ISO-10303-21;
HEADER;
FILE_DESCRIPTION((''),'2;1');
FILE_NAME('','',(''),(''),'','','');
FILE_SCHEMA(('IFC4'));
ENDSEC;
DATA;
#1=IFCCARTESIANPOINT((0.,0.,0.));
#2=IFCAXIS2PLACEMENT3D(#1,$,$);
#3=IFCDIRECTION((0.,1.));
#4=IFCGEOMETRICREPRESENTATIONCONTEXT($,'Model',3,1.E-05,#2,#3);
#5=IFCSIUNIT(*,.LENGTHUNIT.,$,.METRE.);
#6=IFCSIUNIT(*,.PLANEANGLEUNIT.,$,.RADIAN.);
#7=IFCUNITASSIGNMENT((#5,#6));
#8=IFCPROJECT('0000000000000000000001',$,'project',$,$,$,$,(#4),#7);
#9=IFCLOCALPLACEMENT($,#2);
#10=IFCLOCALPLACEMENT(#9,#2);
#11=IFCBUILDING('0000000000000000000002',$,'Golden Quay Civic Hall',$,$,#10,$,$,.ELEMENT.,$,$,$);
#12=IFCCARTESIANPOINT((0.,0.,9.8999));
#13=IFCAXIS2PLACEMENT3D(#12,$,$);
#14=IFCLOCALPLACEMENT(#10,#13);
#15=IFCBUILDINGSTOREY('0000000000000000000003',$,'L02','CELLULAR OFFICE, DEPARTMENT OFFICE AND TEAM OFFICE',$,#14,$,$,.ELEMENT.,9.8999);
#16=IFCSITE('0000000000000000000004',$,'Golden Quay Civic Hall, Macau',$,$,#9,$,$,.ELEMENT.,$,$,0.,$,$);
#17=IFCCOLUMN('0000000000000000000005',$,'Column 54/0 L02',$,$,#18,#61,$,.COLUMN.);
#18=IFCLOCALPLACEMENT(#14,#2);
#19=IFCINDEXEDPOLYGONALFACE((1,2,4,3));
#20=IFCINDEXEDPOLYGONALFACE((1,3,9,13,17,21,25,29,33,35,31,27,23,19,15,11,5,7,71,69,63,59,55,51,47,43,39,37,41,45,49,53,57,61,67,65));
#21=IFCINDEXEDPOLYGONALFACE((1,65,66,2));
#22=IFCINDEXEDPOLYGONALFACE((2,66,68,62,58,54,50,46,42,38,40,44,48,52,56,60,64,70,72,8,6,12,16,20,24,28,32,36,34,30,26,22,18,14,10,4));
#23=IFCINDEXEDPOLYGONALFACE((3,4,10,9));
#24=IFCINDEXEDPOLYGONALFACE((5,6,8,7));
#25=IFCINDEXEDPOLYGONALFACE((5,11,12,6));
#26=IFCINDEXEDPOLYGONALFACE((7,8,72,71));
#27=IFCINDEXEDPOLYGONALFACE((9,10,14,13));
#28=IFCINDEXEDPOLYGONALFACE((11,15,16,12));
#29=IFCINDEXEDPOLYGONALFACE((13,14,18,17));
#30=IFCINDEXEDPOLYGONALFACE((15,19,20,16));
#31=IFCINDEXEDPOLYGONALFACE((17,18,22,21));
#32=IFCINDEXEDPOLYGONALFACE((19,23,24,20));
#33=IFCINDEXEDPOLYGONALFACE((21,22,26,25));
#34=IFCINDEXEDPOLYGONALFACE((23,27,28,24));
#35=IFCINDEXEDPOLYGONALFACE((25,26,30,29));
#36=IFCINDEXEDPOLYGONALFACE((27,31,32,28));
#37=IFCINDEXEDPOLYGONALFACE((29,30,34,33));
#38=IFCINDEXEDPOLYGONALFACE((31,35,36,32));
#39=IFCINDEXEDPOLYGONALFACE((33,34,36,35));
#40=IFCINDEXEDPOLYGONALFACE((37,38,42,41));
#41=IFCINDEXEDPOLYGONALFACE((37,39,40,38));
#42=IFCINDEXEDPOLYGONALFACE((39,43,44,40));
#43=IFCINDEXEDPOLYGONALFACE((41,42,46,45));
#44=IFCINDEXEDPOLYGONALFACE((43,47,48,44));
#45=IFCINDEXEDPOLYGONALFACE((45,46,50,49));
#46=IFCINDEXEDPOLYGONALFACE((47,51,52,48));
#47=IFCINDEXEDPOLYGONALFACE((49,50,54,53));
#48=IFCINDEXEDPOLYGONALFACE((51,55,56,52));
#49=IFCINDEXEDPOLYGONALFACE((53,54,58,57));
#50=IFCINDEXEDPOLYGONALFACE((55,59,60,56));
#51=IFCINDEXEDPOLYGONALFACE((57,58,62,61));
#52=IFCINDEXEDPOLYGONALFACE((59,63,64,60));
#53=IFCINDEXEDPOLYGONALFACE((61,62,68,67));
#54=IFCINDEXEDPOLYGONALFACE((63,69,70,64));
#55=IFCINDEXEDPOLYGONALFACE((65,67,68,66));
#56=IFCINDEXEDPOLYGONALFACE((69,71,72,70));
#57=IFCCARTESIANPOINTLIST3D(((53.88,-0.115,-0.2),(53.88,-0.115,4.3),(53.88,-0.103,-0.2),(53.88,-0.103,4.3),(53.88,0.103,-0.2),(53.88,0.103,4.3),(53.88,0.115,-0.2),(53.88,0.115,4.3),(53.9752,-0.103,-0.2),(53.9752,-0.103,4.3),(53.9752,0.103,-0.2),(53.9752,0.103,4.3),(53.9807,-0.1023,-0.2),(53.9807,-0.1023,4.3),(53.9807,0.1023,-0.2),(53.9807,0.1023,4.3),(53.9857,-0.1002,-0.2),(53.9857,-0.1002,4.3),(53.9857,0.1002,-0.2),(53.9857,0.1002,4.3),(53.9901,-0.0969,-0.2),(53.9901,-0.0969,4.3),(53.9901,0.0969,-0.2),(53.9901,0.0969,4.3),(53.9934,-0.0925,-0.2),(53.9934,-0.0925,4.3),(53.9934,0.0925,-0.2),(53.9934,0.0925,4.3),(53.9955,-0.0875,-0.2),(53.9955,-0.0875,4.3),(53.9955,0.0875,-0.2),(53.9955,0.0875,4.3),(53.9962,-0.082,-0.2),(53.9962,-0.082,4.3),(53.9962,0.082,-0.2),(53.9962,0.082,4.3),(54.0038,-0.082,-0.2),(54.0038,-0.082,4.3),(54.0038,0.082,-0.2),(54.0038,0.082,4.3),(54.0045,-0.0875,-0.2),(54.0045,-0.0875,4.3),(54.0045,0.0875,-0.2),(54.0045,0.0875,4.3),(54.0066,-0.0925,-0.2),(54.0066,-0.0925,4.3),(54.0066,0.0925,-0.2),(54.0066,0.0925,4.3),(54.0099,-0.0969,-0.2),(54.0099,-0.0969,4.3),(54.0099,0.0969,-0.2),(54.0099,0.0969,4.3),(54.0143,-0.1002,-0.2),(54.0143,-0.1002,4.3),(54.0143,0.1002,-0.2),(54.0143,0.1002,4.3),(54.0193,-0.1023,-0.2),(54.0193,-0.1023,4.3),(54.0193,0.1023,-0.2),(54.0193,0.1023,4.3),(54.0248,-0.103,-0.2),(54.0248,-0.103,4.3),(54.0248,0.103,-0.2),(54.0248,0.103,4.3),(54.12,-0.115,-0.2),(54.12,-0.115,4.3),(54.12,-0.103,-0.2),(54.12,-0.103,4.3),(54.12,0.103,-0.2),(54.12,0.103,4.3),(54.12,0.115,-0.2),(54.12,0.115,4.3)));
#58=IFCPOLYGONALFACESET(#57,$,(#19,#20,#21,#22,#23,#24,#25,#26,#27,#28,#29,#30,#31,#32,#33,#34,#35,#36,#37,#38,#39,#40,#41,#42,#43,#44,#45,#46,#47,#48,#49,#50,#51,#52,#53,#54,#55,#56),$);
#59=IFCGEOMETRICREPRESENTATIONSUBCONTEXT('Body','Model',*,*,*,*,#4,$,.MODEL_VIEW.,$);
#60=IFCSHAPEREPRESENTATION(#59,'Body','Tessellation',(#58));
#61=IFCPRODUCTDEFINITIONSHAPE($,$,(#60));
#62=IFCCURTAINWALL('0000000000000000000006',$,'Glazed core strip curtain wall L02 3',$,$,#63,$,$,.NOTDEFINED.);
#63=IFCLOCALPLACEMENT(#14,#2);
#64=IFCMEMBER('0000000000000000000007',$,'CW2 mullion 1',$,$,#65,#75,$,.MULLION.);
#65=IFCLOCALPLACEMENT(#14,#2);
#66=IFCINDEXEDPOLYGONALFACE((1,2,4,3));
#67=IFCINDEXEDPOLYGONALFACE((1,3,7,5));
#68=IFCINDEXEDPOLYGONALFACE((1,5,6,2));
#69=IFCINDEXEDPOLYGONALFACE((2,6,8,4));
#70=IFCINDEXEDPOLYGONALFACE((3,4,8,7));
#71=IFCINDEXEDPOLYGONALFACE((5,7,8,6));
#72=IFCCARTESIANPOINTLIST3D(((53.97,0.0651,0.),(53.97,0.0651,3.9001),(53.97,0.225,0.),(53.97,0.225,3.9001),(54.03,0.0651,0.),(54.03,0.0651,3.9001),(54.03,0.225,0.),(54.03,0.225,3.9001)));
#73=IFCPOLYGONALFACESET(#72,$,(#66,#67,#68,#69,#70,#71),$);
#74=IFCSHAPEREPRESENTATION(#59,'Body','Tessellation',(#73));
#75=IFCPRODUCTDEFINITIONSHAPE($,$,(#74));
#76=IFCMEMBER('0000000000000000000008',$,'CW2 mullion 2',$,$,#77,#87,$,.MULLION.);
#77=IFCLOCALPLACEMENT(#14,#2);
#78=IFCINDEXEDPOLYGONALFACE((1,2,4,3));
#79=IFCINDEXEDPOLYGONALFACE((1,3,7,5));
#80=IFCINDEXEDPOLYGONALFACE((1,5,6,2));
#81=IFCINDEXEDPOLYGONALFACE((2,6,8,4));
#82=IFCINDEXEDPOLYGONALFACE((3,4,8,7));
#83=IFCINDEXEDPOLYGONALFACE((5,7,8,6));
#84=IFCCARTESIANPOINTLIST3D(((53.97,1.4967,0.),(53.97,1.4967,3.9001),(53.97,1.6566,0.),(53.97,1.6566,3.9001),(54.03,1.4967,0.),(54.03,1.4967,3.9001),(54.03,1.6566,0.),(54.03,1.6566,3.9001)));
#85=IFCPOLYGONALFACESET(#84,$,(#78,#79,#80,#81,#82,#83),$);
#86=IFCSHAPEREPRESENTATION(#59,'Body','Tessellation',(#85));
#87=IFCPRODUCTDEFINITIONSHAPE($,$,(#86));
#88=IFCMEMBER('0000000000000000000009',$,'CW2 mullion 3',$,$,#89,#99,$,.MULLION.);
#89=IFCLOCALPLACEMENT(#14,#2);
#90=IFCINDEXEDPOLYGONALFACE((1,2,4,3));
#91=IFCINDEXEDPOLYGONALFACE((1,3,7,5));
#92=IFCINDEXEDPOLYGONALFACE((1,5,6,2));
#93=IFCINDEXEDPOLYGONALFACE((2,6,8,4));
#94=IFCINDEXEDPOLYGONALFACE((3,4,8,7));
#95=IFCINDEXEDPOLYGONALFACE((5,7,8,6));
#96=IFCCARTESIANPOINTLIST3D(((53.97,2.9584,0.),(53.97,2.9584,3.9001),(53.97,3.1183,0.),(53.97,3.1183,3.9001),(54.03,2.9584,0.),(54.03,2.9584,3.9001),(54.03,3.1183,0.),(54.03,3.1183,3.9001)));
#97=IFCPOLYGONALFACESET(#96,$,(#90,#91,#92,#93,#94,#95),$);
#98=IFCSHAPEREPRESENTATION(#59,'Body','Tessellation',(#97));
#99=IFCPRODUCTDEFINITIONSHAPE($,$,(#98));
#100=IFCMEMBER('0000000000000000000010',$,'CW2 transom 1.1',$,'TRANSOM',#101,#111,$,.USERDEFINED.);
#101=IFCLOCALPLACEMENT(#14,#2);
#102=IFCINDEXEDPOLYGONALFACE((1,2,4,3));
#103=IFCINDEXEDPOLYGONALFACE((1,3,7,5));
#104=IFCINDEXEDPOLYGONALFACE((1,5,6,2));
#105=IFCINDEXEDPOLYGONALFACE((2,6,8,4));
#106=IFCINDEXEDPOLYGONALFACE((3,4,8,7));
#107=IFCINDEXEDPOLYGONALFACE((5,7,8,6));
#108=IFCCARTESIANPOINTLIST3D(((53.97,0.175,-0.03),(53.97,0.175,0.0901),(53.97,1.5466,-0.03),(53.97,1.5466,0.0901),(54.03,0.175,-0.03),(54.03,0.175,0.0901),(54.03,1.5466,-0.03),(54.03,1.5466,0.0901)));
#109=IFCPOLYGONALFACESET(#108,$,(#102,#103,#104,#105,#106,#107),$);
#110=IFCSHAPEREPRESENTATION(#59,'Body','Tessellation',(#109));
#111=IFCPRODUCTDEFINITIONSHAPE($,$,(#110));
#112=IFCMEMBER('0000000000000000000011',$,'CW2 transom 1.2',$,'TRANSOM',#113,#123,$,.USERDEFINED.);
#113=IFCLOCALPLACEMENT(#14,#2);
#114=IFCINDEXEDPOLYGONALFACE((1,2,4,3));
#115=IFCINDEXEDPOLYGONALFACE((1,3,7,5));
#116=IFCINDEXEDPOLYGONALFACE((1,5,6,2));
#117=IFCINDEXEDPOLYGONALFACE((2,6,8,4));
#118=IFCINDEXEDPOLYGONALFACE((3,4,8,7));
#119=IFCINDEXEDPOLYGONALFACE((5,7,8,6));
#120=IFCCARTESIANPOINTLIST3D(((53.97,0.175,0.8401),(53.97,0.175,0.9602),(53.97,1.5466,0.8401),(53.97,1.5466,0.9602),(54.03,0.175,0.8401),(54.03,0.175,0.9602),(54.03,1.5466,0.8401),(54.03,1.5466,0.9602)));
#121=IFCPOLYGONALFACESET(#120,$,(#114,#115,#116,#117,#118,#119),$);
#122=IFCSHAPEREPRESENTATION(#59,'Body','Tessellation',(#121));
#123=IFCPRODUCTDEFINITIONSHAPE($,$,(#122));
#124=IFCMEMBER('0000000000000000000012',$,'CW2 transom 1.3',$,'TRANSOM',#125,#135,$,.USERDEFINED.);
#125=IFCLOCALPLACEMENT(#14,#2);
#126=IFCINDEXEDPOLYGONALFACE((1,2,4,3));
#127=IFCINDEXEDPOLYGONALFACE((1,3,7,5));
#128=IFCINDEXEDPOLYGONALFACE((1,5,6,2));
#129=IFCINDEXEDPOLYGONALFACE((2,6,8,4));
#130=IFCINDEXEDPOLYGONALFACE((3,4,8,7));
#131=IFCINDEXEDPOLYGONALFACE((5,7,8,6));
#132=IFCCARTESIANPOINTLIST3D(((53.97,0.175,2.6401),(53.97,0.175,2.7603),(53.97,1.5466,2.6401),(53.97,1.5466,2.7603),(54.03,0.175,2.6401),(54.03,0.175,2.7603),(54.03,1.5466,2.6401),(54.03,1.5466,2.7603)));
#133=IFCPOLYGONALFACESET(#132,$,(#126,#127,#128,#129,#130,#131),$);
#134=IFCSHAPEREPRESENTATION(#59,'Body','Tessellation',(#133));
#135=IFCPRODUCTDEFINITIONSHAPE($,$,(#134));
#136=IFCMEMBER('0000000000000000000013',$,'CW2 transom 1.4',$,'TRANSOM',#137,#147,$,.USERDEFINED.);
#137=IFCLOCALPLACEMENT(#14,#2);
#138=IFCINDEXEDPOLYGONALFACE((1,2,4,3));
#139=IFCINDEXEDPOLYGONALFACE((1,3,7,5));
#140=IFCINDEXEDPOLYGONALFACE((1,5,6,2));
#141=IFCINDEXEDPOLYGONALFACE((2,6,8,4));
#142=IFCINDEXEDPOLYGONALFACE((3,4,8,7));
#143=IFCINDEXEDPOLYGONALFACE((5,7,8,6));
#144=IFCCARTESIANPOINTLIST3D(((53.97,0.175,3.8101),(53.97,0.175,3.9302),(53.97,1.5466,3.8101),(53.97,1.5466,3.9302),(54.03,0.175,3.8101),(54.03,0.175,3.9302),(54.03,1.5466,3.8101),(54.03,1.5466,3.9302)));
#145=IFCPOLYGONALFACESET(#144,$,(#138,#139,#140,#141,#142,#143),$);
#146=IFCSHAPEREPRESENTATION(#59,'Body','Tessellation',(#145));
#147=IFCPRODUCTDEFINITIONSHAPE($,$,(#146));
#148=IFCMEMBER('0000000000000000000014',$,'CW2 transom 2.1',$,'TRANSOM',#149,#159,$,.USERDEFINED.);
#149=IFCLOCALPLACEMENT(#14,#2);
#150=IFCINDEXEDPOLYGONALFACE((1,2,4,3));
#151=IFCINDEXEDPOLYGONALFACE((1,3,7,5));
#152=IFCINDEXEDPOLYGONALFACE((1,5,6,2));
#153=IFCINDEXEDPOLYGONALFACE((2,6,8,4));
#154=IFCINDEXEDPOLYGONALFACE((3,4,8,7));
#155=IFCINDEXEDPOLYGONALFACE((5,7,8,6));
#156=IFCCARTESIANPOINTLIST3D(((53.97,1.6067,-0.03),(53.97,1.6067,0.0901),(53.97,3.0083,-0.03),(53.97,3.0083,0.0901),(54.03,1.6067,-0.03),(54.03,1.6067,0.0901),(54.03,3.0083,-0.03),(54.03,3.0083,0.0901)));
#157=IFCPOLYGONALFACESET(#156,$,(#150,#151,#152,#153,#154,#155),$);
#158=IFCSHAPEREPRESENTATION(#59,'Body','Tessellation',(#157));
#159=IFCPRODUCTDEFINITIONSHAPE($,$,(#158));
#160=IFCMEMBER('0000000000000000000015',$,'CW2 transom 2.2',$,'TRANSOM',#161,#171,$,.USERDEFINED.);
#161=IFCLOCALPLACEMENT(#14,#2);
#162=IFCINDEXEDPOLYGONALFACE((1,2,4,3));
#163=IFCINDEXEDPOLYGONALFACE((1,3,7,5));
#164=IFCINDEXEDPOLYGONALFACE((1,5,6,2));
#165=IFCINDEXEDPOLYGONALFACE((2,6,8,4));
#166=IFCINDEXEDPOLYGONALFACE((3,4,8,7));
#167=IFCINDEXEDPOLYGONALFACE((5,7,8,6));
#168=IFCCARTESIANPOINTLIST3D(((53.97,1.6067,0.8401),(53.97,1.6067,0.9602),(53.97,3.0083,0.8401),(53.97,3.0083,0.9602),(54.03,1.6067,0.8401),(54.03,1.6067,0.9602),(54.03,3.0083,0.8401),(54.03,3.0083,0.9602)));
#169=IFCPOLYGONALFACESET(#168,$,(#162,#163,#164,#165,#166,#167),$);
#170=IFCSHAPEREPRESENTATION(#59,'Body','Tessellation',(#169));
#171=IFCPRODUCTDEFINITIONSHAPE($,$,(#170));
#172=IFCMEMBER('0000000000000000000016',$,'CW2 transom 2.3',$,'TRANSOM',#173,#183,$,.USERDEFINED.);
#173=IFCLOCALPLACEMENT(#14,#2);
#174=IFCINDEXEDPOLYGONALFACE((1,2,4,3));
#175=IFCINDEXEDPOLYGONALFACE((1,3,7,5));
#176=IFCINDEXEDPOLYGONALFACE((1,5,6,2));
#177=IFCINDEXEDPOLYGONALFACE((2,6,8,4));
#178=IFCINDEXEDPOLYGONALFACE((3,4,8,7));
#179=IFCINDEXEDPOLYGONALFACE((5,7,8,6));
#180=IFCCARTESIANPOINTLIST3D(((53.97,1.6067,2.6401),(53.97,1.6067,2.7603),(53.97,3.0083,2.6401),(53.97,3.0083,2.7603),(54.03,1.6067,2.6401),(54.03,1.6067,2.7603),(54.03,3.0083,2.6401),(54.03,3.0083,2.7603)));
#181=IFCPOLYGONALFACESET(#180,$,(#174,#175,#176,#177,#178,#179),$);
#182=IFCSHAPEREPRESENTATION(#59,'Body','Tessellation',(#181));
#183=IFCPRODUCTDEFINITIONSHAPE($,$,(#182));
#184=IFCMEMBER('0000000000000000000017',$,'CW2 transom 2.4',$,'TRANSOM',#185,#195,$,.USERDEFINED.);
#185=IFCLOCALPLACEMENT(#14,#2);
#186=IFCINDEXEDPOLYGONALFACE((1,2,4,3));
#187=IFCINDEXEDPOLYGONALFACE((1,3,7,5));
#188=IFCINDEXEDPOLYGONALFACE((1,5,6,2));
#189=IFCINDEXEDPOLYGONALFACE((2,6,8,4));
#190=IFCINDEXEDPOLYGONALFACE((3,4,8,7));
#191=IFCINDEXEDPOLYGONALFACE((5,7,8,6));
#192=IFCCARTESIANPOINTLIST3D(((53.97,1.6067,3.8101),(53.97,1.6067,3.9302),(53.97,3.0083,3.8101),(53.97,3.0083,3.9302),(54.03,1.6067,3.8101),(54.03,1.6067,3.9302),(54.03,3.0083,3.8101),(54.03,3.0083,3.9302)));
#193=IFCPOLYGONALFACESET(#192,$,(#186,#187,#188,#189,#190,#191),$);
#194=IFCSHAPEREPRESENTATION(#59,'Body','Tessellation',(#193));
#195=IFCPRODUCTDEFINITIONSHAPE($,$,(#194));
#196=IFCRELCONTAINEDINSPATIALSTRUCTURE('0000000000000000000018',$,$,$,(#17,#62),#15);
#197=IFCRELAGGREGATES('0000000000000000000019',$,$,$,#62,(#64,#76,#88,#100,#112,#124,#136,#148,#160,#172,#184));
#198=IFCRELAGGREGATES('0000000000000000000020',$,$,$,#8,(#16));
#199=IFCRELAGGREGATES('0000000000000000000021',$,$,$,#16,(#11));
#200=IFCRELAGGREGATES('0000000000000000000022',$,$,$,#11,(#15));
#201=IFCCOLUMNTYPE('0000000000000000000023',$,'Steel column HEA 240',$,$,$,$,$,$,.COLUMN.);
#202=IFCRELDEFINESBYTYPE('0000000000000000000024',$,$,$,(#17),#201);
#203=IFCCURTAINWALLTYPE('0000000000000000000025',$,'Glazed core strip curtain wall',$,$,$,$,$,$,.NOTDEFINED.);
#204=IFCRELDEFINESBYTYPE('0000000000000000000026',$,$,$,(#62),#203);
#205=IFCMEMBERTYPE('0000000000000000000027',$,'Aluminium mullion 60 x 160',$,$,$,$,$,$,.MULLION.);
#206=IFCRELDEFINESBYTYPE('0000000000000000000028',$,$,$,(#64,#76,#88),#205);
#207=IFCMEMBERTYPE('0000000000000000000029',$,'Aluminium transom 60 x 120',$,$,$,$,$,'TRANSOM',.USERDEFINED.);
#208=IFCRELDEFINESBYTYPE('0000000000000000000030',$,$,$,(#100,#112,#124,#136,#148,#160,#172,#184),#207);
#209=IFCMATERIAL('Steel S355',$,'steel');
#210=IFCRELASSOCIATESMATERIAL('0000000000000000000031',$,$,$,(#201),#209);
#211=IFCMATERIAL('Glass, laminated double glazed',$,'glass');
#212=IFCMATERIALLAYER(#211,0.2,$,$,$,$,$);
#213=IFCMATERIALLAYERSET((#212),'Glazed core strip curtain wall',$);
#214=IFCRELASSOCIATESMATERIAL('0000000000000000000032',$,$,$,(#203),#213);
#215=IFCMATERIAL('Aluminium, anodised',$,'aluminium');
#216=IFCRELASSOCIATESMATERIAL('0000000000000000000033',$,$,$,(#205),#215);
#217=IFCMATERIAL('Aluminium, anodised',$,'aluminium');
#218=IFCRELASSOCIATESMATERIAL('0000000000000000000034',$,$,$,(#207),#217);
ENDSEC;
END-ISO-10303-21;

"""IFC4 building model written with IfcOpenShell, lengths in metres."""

from ifc_helpers import new_model, si_unit, direction, frame, origin, origin_2d, place, context, subcontext, project, spatial, rectangle, i_section, extrude, material, layer, layer_set, material_profile, profile_set, type_object, element, aggregate, save


model = new_model("IFC4")

# Units and contexts
model_context = context("Model", 3, precision=1e-05, world=origin(), true_north=direction((0.0, 1.0)))
body_context = subcontext(model_context, "Body", "Model", "MODEL_VIEW")
ifc_project = project(units=[si_unit("LENGTHUNIT", "METRE"), si_unit("PLANEANGLEUNIT", "RADIAN")], contexts=[model_context])

# Site, building, storey
site_placement = place(None, origin())
site = spatial("IfcSite", under=ifc_project, at=site_placement, Name="Golden Quay Civic Hall, Macau", CompositionType="ELEMENT", RefElevation=0.0)
building_placement = place(site_placement, origin())
building = spatial("IfcBuilding", under=site, at=building_placement, Name="Golden Quay Civic Hall", CompositionType="ELEMENT")
storey_placement = place(building_placement, frame((0.0, 0.0, 9.8999)))
storey = spatial("IfcBuildingStorey", under=building, at=storey_placement, Name="L02", Description="CELLULAR OFFICE, DEPARTMENT OFFICE AND TEAM OFFICE", CompositionType="ELEMENT", Elevation=9.8999)

# Column
ifc_material_1 = material(Name="Steel S355", Category="steel")
ifc_material_profile_1 = material_profile(ifc_material_1, i_section(OverallWidth=0.24, OverallDepth=0.23, WebThickness=0.0076, FlangeThickness=0.012, FilletRadius=0.021, at=origin_2d()), Name="HEA 240")
ifc_profile_set_1 = profile_set([ifc_material_profile_1], Name="Steel S355")
column_type = type_object("IfcColumnType", Name="Steel column HEA 240", PredefinedType="COLUMN", material=ifc_profile_set_1)
column_placement = place(storey_placement, frame((54.0, 0.0, -0.2), z_axis=(0.0, 0.0, 1.0), x_axis=(1.0, 0.0, 0.0)))
element("IfcColumn", 1, at=column_placement, inside=storey, type_object=column_type, Name="Column 54/0 L02", PredefinedType="COLUMN", context=body_context, shape_type="SweptSolid", body=[
    extrude(i_section(OverallWidth=0.24, OverallDepth=0.23, WebThickness=0.0076, FlangeThickness=0.012, FilletRadius=0.021, at=origin_2d()), origin(), (0.0, 0.0, 1.0), 4.5),
])

# Curtain wall, members
ifc_material_2 = material(Name="Glass, laminated double glazed", Category="glass")
ifc_layer_1 = layer(ifc_material_2, 0.2)
ifc_layer_set_1 = layer_set([ifc_layer_1], Name="Glazed core strip curtain wall")
curtain_wall_type = type_object("IfcCurtainWallType", Name="Glazed core strip curtain wall", PredefinedType="NOTDEFINED", material=ifc_layer_set_1)
curtain_wall_placement = place(storey_placement, origin())
curtain_wall = element("IfcCurtainWall", 2, at=curtain_wall_placement, inside=storey, type_object=curtain_wall_type, Name="Glazed core strip curtain wall L02 3", PredefinedType="NOTDEFINED")
ifc_material_3 = material(Name="Aluminium, anodised", Category="aluminium")
ifc_material_profile_2 = material_profile(ifc_material_3, rectangle(XDim=0.0601, YDim=0.1599, at=origin_2d()), Name="Aluminium 60 x 160")
ifc_profile_set_2 = profile_set([ifc_material_profile_2], Name="Aluminium, anodised")
member_type_1 = type_object("IfcMemberType", Name="Aluminium mullion 60 x 160", PredefinedType="MULLION", material=ifc_profile_set_2)
member_1_placement = place(storey_placement, frame((54.0, 0.145, 0.0), z_axis=(0.0, 0.0, 1.0), x_axis=(-1.0, 0.0, 0.0)))
member_1 = element("IfcMember", 3, at=member_1_placement, type_object=member_type_1, Name="CW2 mullion 1", PredefinedType="MULLION", context=body_context, shape_type="SweptSolid", body=[
    extrude(rectangle(XDim=0.0601, YDim=0.1599, at=origin_2d()), origin(), (0.0, 0.0, 1.0), 3.9001),
])
member_2_placement = place(storey_placement, frame((54.0, 1.5767, 0.0), z_axis=(0.0, 0.0, 1.0), x_axis=(-1.0, 0.0, 0.0)))
member_2 = element("IfcMember", 4, at=member_2_placement, type_object=member_type_1, Name="CW2 mullion 2", PredefinedType="MULLION", context=body_context, shape_type="SweptSolid", body=[
    extrude(rectangle(XDim=0.0601, YDim=0.1599, at=origin_2d()), origin(), (0.0, 0.0, 1.0), 3.9001),
])
member_3_placement = place(storey_placement, frame((54.0, 3.0383, 0.0), z_axis=(0.0, 0.0, 1.0), x_axis=(-1.0, 0.0, 0.0)))
member_3 = element("IfcMember", 5, at=member_3_placement, type_object=member_type_1, Name="CW2 mullion 3", PredefinedType="MULLION", context=body_context, shape_type="SweptSolid", body=[
    extrude(rectangle(XDim=0.0601, YDim=0.1599, at=origin_2d()), origin(), (0.0, 0.0, 1.0), 3.9001),
])
ifc_material_4 = material(Name="Aluminium, anodised", Category="aluminium")
ifc_material_profile_3 = material_profile(ifc_material_4, rectangle(XDim=0.0601, YDim=0.1201, at=origin_2d()), Name="Aluminium 60 x 120")
ifc_profile_set_3 = profile_set([ifc_material_profile_3], Name="Aluminium, anodised")
member_type_2 = type_object("IfcMemberType", Name="Aluminium transom 60 x 120", ElementType="TRANSOM", PredefinedType="USERDEFINED", material=ifc_profile_set_3)
member_4_placement = place(storey_placement, frame((54.0, 0.175, 0.03), z_axis=(0.0, 1.0, 0.0), x_axis=(-1.0, 0.0, 0.0)))
member_4 = element("IfcMember", 6, at=member_4_placement, type_object=member_type_2, Name="CW2 transom 1.1", ObjectType="TRANSOM", PredefinedType="USERDEFINED", context=body_context, shape_type="SweptSolid", body=[
    extrude(rectangle(XDim=0.0601, YDim=0.1201, at=origin_2d()), origin(), (0.0, 0.0, 1.0), 1.3716),
])
member_5_placement = place(storey_placement, frame((54.0, 0.175, 0.9001), z_axis=(0.0, 1.0, 0.0), x_axis=(-1.0, 0.0, 0.0)))
member_5 = element("IfcMember", 7, at=member_5_placement, type_object=member_type_2, Name="CW2 transom 1.2", ObjectType="TRANSOM", PredefinedType="USERDEFINED", context=body_context, shape_type="SweptSolid", body=[
    extrude(rectangle(XDim=0.0601, YDim=0.1201, at=origin_2d()), origin(), (0.0, 0.0, 1.0), 1.3716),
])
member_6_placement = place(storey_placement, frame((54.0, 0.175, 2.7002), z_axis=(0.0, 1.0, 0.0), x_axis=(-1.0, 0.0, 0.0)))
member_6 = element("IfcMember", 8, at=member_6_placement, type_object=member_type_2, Name="CW2 transom 1.3", ObjectType="TRANSOM", PredefinedType="USERDEFINED", context=body_context, shape_type="SweptSolid", body=[
    extrude(rectangle(XDim=0.0601, YDim=0.1201, at=origin_2d()), origin(), (0.0, 0.0, 1.0), 1.3716),
])
member_7_placement = place(storey_placement, frame((54.0, 0.175, 3.8701), z_axis=(0.0, 1.0, 0.0), x_axis=(-1.0, 0.0, 0.0)))
member_7 = element("IfcMember", 9, at=member_7_placement, type_object=member_type_2, Name="CW2 transom 1.4", ObjectType="TRANSOM", PredefinedType="USERDEFINED", context=body_context, shape_type="SweptSolid", body=[
    extrude(rectangle(XDim=0.0601, YDim=0.1201, at=origin_2d()), origin(), (0.0, 0.0, 1.0), 1.3716),
])
member_8_placement = place(storey_placement, frame((54.0, 1.6067, 0.03), z_axis=(0.0, 1.0, 0.0), x_axis=(-1.0, 0.0, 0.0)))
member_8 = element("IfcMember", 10, at=member_8_placement, type_object=member_type_2, Name="CW2 transom 2.1", ObjectType="TRANSOM", PredefinedType="USERDEFINED", context=body_context, shape_type="SweptSolid", body=[
    extrude(rectangle(XDim=0.0601, YDim=0.1201, at=origin_2d()), origin(), (0.0, 0.0, 1.0), 1.4016),
])
member_9_placement = place(storey_placement, frame((54.0, 1.6067, 0.9001), z_axis=(0.0, 1.0, 0.0), x_axis=(-1.0, 0.0, 0.0)))
member_9 = element("IfcMember", 11, at=member_9_placement, type_object=member_type_2, Name="CW2 transom 2.2", ObjectType="TRANSOM", PredefinedType="USERDEFINED", context=body_context, shape_type="SweptSolid", body=[
    extrude(rectangle(XDim=0.0601, YDim=0.1201, at=origin_2d()), origin(), (0.0, 0.0, 1.0), 1.4016),
])
member_10_placement = place(storey_placement, frame((54.0, 1.6067, 2.7002), z_axis=(0.0, 1.0, 0.0), x_axis=(-1.0, 0.0, 0.0)))
member_10 = element("IfcMember", 12, at=member_10_placement, type_object=member_type_2, Name="CW2 transom 2.3", ObjectType="TRANSOM", PredefinedType="USERDEFINED", context=body_context, shape_type="SweptSolid", body=[
    extrude(rectangle(XDim=0.0601, YDim=0.1201, at=origin_2d()), origin(), (0.0, 0.0, 1.0), 1.4016),
])
member_11_placement = place(storey_placement, frame((54.0, 1.6067, 3.8701), z_axis=(0.0, 1.0, 0.0), x_axis=(-1.0, 0.0, 0.0)))
member_11 = element("IfcMember", 13, at=member_11_placement, type_object=member_type_2, Name="CW2 transom 2.4", ObjectType="TRANSOM", PredefinedType="USERDEFINED", context=body_context, shape_type="SweptSolid", body=[
    extrude(rectangle(XDim=0.0601, YDim=0.1201, at=origin_2d()), origin(), (0.0, 0.0, 1.0), 1.4016),
])

aggregate(curtain_wall, [member_1, member_2, member_3, member_4, member_5, member_6, member_7, member_8, member_9, member_10, member_11])

save(model, "model.ifc")
